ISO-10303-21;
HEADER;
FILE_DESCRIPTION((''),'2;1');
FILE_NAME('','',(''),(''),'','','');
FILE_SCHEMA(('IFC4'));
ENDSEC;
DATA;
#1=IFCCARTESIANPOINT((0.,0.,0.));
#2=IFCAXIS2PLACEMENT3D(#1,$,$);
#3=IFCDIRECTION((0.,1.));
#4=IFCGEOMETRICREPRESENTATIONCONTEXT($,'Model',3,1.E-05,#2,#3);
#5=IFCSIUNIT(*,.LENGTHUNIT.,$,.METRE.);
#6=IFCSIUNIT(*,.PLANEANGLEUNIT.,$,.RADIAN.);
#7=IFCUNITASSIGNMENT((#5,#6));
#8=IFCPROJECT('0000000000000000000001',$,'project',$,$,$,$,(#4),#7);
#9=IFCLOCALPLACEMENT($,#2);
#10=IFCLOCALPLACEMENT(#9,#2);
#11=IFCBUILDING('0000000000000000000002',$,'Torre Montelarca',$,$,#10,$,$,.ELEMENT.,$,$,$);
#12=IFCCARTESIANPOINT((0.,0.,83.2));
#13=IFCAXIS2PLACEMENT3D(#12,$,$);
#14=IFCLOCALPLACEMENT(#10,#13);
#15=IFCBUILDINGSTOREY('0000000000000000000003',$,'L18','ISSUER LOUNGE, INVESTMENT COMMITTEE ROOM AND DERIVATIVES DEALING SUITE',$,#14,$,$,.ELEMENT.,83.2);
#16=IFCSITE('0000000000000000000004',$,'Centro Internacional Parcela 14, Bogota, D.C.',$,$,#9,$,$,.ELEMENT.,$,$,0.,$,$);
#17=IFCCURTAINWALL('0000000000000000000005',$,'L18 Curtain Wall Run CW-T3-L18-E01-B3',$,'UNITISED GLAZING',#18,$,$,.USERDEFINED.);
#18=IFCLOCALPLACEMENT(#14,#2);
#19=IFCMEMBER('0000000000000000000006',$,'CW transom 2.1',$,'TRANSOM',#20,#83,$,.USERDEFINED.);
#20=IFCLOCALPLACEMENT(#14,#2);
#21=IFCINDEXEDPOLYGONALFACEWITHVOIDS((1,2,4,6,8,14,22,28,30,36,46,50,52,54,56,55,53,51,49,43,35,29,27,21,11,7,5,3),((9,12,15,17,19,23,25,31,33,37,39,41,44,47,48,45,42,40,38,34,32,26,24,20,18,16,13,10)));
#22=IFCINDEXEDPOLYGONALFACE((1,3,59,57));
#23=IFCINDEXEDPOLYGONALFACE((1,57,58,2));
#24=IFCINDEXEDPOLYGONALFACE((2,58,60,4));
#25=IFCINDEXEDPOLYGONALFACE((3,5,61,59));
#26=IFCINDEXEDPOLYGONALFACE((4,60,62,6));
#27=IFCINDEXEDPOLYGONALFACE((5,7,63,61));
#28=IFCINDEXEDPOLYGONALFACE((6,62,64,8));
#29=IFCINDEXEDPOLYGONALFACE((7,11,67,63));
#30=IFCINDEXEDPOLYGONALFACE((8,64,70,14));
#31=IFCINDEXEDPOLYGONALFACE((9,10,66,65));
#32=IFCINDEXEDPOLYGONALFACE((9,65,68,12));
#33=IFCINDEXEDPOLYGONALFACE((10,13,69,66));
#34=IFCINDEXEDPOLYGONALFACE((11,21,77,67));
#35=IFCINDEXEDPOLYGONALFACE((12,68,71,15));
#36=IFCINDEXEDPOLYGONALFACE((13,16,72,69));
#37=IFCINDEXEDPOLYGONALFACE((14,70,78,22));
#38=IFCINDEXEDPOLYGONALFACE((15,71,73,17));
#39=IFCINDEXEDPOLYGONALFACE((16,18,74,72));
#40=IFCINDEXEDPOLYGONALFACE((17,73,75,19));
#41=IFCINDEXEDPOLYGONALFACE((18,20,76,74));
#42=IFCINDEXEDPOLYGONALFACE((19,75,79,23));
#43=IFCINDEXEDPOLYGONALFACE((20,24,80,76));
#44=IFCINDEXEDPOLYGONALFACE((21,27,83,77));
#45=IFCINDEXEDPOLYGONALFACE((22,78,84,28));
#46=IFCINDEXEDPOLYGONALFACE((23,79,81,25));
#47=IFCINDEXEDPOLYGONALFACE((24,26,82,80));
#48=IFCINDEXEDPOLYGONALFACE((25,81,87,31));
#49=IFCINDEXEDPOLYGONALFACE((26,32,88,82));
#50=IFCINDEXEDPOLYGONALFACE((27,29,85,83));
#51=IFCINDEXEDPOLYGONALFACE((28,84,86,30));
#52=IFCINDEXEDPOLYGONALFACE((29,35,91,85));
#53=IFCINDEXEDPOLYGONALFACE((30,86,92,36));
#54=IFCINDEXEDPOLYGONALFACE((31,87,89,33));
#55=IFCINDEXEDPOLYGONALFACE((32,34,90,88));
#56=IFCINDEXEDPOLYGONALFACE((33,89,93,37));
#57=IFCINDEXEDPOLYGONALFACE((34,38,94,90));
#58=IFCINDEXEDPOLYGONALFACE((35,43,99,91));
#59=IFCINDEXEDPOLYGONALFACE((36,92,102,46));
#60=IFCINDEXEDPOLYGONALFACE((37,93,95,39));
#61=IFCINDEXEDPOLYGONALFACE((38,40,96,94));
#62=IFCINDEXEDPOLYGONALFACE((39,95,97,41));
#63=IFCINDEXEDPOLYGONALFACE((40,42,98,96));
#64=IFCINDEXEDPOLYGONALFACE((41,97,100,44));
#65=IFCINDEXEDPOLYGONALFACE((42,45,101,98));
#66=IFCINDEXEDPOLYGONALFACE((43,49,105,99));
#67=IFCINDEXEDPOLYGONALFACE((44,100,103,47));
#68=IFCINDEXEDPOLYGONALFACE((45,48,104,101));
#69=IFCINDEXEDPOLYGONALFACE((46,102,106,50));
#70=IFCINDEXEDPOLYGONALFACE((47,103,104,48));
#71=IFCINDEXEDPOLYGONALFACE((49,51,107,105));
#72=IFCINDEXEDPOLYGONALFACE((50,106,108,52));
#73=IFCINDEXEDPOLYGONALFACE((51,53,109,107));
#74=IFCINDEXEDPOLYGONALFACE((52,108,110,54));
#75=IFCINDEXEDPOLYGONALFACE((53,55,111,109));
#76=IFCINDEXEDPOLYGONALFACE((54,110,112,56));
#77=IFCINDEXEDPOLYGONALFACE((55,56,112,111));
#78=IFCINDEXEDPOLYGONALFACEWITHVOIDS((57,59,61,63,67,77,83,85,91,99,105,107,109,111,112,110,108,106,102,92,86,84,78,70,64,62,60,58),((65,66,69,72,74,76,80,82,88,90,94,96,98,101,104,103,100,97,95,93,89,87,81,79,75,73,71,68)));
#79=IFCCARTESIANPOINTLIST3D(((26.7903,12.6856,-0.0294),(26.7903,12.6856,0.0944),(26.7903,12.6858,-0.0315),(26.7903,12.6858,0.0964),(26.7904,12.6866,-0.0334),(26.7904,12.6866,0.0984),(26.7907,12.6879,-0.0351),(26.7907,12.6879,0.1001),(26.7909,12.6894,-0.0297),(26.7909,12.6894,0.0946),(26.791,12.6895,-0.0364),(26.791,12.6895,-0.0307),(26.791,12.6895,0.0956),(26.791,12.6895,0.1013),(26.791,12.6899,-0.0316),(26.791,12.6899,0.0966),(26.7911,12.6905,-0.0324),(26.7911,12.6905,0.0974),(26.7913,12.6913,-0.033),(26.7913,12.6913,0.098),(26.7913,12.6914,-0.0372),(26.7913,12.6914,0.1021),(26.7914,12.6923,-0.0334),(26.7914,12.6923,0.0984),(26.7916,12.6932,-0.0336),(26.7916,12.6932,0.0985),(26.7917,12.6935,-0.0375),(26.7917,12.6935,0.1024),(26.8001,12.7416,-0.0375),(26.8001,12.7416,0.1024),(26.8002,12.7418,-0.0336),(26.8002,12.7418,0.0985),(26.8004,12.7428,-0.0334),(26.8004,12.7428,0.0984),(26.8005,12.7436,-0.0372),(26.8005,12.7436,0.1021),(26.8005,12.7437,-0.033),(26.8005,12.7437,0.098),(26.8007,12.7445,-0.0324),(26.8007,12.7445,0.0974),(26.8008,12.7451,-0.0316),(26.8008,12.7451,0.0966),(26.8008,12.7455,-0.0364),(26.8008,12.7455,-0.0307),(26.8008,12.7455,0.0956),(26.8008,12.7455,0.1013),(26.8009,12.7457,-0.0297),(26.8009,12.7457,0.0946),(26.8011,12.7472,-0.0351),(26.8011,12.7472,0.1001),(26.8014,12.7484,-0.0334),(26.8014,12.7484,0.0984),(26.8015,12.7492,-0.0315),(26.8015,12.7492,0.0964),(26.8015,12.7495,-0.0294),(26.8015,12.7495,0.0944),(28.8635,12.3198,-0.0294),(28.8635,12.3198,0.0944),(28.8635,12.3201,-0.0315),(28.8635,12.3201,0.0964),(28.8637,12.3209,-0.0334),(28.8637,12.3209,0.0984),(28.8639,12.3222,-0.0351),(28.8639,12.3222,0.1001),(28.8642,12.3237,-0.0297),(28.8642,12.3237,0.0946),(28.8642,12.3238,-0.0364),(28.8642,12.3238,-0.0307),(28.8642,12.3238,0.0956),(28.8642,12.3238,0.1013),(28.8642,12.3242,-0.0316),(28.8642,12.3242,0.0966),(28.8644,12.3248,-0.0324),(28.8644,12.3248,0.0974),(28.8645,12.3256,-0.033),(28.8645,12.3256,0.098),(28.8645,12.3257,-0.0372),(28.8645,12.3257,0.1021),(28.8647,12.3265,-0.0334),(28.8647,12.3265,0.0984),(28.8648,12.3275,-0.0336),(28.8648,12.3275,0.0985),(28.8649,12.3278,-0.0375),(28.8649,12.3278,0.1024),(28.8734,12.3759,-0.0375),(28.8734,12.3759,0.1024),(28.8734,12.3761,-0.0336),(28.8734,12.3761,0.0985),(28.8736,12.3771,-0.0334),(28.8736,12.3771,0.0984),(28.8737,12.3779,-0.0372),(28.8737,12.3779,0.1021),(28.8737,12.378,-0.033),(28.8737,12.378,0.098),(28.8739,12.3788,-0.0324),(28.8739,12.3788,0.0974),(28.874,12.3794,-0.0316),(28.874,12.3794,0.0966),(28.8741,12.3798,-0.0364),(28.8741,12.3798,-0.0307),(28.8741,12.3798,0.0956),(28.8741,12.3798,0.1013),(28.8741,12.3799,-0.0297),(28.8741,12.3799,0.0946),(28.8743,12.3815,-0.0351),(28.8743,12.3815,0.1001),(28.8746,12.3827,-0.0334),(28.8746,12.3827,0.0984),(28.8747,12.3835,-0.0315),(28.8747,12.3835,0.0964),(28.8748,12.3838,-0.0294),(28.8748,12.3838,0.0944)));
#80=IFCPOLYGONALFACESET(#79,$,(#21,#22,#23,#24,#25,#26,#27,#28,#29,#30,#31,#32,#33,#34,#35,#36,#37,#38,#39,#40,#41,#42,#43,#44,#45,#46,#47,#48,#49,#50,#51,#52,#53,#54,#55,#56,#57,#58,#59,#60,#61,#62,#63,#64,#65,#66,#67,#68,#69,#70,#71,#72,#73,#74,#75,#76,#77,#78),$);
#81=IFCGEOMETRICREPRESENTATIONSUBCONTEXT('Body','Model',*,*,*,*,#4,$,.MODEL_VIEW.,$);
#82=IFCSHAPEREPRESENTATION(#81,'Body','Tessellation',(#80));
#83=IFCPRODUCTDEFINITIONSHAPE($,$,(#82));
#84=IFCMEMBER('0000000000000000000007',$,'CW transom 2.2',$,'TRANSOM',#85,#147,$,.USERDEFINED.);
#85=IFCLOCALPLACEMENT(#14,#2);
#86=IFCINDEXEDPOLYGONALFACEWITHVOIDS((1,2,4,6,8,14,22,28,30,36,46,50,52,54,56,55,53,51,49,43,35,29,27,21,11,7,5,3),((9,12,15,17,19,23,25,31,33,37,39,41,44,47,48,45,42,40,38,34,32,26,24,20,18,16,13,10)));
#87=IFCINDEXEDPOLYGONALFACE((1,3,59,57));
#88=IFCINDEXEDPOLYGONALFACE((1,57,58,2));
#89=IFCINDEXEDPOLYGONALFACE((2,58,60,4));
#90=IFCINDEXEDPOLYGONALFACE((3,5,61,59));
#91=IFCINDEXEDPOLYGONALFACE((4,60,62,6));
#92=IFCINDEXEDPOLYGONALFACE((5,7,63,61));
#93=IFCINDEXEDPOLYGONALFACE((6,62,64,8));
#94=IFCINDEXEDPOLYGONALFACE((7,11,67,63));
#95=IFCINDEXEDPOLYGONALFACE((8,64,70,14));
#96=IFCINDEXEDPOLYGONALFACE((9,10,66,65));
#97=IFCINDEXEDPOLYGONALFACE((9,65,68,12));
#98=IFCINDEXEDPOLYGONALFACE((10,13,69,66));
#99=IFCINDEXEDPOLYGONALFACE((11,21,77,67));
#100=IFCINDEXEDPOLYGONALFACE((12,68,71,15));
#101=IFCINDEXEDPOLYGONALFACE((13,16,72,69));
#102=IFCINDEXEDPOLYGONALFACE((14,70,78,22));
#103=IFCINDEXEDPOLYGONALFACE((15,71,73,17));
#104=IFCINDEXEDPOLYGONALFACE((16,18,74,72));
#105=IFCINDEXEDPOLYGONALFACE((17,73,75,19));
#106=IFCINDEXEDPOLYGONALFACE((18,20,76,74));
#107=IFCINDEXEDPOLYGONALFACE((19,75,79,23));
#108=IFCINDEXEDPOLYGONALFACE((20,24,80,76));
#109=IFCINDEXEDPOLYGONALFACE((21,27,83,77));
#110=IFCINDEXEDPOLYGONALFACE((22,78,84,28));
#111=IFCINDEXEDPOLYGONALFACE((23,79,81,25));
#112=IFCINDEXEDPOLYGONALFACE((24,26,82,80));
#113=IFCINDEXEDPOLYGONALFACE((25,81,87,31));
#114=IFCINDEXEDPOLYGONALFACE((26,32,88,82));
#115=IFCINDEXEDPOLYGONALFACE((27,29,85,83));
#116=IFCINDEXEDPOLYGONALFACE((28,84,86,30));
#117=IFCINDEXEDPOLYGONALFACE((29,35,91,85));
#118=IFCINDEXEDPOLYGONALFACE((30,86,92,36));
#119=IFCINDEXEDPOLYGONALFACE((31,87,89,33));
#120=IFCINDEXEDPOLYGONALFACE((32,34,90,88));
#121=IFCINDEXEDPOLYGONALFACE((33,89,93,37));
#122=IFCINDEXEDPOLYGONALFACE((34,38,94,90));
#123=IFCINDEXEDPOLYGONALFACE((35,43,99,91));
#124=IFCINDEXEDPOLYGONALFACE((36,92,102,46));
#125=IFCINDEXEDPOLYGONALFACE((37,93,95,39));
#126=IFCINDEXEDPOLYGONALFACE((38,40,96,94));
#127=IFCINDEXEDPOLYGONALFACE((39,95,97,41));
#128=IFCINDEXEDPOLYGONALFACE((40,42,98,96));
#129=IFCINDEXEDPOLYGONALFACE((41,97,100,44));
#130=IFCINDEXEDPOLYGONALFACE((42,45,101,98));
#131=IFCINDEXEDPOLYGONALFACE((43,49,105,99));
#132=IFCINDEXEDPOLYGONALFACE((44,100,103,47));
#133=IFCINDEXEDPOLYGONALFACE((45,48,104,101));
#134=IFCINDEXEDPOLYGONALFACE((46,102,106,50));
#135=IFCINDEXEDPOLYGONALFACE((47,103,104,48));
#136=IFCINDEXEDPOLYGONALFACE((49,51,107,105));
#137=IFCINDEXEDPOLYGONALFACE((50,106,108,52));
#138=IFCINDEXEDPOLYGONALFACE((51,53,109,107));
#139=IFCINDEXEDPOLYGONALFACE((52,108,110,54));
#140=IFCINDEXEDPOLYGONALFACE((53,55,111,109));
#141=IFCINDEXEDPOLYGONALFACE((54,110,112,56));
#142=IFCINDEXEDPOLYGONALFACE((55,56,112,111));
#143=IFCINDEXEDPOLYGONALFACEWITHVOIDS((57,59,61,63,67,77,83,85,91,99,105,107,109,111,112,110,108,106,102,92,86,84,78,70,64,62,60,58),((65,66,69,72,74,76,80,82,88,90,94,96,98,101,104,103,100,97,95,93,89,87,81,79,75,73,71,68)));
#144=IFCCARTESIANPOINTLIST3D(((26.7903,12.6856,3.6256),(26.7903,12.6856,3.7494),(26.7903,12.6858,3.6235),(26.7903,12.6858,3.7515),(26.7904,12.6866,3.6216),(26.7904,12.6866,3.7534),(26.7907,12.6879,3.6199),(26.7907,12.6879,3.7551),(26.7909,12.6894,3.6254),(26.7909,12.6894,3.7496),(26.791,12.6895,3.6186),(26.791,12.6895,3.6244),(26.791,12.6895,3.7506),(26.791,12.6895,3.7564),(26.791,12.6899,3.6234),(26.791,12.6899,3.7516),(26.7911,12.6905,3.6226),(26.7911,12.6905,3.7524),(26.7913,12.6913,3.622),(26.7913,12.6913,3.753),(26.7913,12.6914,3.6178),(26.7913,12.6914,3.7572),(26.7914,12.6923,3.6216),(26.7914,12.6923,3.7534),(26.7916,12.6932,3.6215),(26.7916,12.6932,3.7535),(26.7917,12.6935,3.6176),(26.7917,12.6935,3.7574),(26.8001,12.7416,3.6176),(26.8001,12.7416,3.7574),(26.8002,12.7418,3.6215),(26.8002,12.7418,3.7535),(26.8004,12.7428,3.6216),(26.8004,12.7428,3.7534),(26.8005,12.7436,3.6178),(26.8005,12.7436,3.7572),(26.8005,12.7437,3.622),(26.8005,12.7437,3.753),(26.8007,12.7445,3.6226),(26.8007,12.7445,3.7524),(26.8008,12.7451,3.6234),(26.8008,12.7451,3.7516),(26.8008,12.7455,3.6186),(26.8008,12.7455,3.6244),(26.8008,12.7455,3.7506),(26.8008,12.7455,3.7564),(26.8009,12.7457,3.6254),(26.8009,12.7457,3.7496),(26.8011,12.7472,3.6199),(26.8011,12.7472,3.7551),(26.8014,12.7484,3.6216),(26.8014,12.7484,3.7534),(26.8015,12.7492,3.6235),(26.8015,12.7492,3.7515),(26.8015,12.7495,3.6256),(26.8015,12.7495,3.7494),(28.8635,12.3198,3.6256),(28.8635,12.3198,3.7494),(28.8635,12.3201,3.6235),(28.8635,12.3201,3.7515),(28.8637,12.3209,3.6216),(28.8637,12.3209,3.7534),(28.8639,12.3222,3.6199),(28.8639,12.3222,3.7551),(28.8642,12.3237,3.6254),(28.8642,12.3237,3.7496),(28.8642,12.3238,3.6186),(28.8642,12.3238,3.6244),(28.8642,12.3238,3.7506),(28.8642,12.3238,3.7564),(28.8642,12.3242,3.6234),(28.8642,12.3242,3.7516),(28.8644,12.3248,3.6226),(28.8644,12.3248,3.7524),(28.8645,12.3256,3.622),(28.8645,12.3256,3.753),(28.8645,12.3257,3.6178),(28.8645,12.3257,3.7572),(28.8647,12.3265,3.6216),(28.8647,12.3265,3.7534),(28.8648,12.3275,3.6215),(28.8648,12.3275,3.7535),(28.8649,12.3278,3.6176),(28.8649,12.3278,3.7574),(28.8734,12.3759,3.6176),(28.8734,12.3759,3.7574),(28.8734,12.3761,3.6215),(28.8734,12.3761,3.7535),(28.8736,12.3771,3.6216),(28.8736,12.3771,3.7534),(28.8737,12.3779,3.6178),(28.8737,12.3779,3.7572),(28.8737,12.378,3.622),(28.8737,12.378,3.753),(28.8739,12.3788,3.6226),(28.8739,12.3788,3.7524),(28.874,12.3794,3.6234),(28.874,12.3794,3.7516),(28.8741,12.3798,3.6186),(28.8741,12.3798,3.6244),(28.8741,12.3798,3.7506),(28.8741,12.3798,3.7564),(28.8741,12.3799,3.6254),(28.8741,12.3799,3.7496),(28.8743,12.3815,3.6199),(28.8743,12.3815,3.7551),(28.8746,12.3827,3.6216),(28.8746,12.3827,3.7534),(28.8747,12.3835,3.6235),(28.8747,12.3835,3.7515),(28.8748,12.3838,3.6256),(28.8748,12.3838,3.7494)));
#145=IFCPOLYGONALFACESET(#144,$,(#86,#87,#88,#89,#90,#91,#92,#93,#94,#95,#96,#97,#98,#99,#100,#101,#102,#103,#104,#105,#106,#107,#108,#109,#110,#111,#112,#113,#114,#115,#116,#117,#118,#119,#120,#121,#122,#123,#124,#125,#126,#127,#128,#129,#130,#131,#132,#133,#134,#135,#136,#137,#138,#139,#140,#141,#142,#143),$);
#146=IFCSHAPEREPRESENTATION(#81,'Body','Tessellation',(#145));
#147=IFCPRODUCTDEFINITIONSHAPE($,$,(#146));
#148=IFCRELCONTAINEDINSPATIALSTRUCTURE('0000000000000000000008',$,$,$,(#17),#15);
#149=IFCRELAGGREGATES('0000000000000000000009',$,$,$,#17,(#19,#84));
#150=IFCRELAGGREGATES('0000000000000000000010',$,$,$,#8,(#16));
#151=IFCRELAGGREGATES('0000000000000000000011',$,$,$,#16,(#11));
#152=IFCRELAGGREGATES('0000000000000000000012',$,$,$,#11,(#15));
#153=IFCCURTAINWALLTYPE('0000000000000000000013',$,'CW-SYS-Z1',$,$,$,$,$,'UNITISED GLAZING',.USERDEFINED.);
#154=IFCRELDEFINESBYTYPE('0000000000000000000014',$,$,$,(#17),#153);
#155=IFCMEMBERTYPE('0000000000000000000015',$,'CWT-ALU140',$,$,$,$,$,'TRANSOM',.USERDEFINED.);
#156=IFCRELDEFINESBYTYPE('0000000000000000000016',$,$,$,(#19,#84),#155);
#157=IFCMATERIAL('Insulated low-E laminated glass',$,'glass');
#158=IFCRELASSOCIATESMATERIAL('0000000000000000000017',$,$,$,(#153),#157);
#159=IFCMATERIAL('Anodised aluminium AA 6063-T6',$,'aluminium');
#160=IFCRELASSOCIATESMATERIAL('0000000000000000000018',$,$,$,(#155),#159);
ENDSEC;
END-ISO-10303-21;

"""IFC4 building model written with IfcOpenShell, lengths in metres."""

from ifc_helpers import new_model, si_unit, direction, frame, origin, origin_2d, place, context, subcontext, project, spatial, hollow_rectangle, extrude, source, transform, mapped, material, material_profile, profile_set, type_object, element, aggregate, save


model = new_model("IFC4")

# Units and contexts
model_context = context("Model", 3, precision=1e-05, world=origin(), true_north=direction((0.0, 1.0)))
body_context = subcontext(model_context, "Body", "Model", "MODEL_VIEW")
ifc_project = project(units=[si_unit("LENGTHUNIT", "METRE"), si_unit("PLANEANGLEUNIT", "RADIAN")], contexts=[model_context])

# Site, building, storey
site_placement = place(None, origin())
site = spatial("IfcSite", under=ifc_project, at=site_placement, Name="Centro Internacional Parcela 14, Bogota, D.C.", CompositionType="ELEMENT", RefElevation=0.0)
building_placement = place(site_placement, origin())
building = spatial("IfcBuilding", under=site, at=building_placement, Name="Torre Montelarca", CompositionType="ELEMENT")
storey_placement = place(building_placement, frame((0.0, 0.0, 83.2)))
storey = spatial("IfcBuildingStorey", under=building, at=storey_placement, Name="L18", Description="ISSUER LOUNGE, INVESTMENT COMMITTEE ROOM AND DERIVATIVES DEALING SUITE", CompositionType="ELEMENT", Elevation=83.2)

# Curtain wall, members
ifc_material_1 = material(Name="Insulated low-E laminated glass", Category="glass")
curtain_wall_type = type_object("IfcCurtainWallType", Name="CW-SYS-Z1", ElementType="UNITISED GLAZING", PredefinedType="USERDEFINED", material=ifc_material_1)
curtain_wall_1_placement = place(storey_placement, origin())
curtain_wall_1 = element("IfcCurtainWall", 1, at=curtain_wall_1_placement, inside=storey, type_object=curtain_wall_type, Name="L18 Curtain Wall Run CW-T3-L18-E01-B3", ObjectType="UNITISED GLAZING", PredefinedType="USERDEFINED")
ifc_material_2 = material(Name="Anodised aluminium AA 6063-T6", Category="aluminium")
ifc_material_profile_1 = material_profile(ifc_material_2, hollow_rectangle(XDim=0.0649, YDim=0.1399, WallThickness=0.0039, InnerFilletRadius=0.0039, OuterFilletRadius=0.0081, at=origin_2d()), Name="ALU65X140X4", Category="aluminium")
ifc_profile_set_1 = profile_set([ifc_material_profile_1], Name="Anodised aluminium AA 6063-T6")
member_type_1 = type_object("IfcMemberType", Name="CWT-ALU140", ElementType="TRANSOM", PredefinedType="USERDEFINED", material=ifc_profile_set_1)
shared_shape_1 = source(origin(), body_context, "Body", "SweptSolid", [
    extrude(hollow_rectangle(XDim=0.0649, YDim=0.1399, WallThickness=0.0039, InnerFilletRadius=0.0039, OuterFilletRadius=0.0081, at=origin_2d()), origin(), (0.0, 0.0, 1.0), 2.1052),
])
member_1_placement = place(storey_placement, frame((26.7959, 12.7175, 0.0325), z_axis=(0.984795, -0.173719, 0.0), x_axis=(0.173719, 0.984795, 0.0)))
member_1 = element("IfcMember", 2, at=member_1_placement, type_object=member_type_1, Name="CW transom 2.1", ObjectType="TRANSOM", PredefinedType="USERDEFINED", context=body_context, shape_type="MappedRepresentation", body=[
    mapped(shared_shape_1, transform((0.0, 0.0, 0.0), scale=1.0)),
])
member_2_placement = place(storey_placement, frame((26.7959, 12.7175, 3.6875), z_axis=(0.984795, -0.173719, 0.0), x_axis=(0.173719, 0.984795, 0.0)))
member_2 = element("IfcMember", 3, at=member_2_placement, type_object=member_type_1, Name="CW transom 2.2", ObjectType="TRANSOM", PredefinedType="USERDEFINED", context=body_context, shape_type="MappedRepresentation", body=[
    mapped(shared_shape_1, transform((0.0, 0.0, 0.0), scale=1.0)),
])

aggregate(curtain_wall_1, [member_1, member_2])

save(model, "model.ifc")
